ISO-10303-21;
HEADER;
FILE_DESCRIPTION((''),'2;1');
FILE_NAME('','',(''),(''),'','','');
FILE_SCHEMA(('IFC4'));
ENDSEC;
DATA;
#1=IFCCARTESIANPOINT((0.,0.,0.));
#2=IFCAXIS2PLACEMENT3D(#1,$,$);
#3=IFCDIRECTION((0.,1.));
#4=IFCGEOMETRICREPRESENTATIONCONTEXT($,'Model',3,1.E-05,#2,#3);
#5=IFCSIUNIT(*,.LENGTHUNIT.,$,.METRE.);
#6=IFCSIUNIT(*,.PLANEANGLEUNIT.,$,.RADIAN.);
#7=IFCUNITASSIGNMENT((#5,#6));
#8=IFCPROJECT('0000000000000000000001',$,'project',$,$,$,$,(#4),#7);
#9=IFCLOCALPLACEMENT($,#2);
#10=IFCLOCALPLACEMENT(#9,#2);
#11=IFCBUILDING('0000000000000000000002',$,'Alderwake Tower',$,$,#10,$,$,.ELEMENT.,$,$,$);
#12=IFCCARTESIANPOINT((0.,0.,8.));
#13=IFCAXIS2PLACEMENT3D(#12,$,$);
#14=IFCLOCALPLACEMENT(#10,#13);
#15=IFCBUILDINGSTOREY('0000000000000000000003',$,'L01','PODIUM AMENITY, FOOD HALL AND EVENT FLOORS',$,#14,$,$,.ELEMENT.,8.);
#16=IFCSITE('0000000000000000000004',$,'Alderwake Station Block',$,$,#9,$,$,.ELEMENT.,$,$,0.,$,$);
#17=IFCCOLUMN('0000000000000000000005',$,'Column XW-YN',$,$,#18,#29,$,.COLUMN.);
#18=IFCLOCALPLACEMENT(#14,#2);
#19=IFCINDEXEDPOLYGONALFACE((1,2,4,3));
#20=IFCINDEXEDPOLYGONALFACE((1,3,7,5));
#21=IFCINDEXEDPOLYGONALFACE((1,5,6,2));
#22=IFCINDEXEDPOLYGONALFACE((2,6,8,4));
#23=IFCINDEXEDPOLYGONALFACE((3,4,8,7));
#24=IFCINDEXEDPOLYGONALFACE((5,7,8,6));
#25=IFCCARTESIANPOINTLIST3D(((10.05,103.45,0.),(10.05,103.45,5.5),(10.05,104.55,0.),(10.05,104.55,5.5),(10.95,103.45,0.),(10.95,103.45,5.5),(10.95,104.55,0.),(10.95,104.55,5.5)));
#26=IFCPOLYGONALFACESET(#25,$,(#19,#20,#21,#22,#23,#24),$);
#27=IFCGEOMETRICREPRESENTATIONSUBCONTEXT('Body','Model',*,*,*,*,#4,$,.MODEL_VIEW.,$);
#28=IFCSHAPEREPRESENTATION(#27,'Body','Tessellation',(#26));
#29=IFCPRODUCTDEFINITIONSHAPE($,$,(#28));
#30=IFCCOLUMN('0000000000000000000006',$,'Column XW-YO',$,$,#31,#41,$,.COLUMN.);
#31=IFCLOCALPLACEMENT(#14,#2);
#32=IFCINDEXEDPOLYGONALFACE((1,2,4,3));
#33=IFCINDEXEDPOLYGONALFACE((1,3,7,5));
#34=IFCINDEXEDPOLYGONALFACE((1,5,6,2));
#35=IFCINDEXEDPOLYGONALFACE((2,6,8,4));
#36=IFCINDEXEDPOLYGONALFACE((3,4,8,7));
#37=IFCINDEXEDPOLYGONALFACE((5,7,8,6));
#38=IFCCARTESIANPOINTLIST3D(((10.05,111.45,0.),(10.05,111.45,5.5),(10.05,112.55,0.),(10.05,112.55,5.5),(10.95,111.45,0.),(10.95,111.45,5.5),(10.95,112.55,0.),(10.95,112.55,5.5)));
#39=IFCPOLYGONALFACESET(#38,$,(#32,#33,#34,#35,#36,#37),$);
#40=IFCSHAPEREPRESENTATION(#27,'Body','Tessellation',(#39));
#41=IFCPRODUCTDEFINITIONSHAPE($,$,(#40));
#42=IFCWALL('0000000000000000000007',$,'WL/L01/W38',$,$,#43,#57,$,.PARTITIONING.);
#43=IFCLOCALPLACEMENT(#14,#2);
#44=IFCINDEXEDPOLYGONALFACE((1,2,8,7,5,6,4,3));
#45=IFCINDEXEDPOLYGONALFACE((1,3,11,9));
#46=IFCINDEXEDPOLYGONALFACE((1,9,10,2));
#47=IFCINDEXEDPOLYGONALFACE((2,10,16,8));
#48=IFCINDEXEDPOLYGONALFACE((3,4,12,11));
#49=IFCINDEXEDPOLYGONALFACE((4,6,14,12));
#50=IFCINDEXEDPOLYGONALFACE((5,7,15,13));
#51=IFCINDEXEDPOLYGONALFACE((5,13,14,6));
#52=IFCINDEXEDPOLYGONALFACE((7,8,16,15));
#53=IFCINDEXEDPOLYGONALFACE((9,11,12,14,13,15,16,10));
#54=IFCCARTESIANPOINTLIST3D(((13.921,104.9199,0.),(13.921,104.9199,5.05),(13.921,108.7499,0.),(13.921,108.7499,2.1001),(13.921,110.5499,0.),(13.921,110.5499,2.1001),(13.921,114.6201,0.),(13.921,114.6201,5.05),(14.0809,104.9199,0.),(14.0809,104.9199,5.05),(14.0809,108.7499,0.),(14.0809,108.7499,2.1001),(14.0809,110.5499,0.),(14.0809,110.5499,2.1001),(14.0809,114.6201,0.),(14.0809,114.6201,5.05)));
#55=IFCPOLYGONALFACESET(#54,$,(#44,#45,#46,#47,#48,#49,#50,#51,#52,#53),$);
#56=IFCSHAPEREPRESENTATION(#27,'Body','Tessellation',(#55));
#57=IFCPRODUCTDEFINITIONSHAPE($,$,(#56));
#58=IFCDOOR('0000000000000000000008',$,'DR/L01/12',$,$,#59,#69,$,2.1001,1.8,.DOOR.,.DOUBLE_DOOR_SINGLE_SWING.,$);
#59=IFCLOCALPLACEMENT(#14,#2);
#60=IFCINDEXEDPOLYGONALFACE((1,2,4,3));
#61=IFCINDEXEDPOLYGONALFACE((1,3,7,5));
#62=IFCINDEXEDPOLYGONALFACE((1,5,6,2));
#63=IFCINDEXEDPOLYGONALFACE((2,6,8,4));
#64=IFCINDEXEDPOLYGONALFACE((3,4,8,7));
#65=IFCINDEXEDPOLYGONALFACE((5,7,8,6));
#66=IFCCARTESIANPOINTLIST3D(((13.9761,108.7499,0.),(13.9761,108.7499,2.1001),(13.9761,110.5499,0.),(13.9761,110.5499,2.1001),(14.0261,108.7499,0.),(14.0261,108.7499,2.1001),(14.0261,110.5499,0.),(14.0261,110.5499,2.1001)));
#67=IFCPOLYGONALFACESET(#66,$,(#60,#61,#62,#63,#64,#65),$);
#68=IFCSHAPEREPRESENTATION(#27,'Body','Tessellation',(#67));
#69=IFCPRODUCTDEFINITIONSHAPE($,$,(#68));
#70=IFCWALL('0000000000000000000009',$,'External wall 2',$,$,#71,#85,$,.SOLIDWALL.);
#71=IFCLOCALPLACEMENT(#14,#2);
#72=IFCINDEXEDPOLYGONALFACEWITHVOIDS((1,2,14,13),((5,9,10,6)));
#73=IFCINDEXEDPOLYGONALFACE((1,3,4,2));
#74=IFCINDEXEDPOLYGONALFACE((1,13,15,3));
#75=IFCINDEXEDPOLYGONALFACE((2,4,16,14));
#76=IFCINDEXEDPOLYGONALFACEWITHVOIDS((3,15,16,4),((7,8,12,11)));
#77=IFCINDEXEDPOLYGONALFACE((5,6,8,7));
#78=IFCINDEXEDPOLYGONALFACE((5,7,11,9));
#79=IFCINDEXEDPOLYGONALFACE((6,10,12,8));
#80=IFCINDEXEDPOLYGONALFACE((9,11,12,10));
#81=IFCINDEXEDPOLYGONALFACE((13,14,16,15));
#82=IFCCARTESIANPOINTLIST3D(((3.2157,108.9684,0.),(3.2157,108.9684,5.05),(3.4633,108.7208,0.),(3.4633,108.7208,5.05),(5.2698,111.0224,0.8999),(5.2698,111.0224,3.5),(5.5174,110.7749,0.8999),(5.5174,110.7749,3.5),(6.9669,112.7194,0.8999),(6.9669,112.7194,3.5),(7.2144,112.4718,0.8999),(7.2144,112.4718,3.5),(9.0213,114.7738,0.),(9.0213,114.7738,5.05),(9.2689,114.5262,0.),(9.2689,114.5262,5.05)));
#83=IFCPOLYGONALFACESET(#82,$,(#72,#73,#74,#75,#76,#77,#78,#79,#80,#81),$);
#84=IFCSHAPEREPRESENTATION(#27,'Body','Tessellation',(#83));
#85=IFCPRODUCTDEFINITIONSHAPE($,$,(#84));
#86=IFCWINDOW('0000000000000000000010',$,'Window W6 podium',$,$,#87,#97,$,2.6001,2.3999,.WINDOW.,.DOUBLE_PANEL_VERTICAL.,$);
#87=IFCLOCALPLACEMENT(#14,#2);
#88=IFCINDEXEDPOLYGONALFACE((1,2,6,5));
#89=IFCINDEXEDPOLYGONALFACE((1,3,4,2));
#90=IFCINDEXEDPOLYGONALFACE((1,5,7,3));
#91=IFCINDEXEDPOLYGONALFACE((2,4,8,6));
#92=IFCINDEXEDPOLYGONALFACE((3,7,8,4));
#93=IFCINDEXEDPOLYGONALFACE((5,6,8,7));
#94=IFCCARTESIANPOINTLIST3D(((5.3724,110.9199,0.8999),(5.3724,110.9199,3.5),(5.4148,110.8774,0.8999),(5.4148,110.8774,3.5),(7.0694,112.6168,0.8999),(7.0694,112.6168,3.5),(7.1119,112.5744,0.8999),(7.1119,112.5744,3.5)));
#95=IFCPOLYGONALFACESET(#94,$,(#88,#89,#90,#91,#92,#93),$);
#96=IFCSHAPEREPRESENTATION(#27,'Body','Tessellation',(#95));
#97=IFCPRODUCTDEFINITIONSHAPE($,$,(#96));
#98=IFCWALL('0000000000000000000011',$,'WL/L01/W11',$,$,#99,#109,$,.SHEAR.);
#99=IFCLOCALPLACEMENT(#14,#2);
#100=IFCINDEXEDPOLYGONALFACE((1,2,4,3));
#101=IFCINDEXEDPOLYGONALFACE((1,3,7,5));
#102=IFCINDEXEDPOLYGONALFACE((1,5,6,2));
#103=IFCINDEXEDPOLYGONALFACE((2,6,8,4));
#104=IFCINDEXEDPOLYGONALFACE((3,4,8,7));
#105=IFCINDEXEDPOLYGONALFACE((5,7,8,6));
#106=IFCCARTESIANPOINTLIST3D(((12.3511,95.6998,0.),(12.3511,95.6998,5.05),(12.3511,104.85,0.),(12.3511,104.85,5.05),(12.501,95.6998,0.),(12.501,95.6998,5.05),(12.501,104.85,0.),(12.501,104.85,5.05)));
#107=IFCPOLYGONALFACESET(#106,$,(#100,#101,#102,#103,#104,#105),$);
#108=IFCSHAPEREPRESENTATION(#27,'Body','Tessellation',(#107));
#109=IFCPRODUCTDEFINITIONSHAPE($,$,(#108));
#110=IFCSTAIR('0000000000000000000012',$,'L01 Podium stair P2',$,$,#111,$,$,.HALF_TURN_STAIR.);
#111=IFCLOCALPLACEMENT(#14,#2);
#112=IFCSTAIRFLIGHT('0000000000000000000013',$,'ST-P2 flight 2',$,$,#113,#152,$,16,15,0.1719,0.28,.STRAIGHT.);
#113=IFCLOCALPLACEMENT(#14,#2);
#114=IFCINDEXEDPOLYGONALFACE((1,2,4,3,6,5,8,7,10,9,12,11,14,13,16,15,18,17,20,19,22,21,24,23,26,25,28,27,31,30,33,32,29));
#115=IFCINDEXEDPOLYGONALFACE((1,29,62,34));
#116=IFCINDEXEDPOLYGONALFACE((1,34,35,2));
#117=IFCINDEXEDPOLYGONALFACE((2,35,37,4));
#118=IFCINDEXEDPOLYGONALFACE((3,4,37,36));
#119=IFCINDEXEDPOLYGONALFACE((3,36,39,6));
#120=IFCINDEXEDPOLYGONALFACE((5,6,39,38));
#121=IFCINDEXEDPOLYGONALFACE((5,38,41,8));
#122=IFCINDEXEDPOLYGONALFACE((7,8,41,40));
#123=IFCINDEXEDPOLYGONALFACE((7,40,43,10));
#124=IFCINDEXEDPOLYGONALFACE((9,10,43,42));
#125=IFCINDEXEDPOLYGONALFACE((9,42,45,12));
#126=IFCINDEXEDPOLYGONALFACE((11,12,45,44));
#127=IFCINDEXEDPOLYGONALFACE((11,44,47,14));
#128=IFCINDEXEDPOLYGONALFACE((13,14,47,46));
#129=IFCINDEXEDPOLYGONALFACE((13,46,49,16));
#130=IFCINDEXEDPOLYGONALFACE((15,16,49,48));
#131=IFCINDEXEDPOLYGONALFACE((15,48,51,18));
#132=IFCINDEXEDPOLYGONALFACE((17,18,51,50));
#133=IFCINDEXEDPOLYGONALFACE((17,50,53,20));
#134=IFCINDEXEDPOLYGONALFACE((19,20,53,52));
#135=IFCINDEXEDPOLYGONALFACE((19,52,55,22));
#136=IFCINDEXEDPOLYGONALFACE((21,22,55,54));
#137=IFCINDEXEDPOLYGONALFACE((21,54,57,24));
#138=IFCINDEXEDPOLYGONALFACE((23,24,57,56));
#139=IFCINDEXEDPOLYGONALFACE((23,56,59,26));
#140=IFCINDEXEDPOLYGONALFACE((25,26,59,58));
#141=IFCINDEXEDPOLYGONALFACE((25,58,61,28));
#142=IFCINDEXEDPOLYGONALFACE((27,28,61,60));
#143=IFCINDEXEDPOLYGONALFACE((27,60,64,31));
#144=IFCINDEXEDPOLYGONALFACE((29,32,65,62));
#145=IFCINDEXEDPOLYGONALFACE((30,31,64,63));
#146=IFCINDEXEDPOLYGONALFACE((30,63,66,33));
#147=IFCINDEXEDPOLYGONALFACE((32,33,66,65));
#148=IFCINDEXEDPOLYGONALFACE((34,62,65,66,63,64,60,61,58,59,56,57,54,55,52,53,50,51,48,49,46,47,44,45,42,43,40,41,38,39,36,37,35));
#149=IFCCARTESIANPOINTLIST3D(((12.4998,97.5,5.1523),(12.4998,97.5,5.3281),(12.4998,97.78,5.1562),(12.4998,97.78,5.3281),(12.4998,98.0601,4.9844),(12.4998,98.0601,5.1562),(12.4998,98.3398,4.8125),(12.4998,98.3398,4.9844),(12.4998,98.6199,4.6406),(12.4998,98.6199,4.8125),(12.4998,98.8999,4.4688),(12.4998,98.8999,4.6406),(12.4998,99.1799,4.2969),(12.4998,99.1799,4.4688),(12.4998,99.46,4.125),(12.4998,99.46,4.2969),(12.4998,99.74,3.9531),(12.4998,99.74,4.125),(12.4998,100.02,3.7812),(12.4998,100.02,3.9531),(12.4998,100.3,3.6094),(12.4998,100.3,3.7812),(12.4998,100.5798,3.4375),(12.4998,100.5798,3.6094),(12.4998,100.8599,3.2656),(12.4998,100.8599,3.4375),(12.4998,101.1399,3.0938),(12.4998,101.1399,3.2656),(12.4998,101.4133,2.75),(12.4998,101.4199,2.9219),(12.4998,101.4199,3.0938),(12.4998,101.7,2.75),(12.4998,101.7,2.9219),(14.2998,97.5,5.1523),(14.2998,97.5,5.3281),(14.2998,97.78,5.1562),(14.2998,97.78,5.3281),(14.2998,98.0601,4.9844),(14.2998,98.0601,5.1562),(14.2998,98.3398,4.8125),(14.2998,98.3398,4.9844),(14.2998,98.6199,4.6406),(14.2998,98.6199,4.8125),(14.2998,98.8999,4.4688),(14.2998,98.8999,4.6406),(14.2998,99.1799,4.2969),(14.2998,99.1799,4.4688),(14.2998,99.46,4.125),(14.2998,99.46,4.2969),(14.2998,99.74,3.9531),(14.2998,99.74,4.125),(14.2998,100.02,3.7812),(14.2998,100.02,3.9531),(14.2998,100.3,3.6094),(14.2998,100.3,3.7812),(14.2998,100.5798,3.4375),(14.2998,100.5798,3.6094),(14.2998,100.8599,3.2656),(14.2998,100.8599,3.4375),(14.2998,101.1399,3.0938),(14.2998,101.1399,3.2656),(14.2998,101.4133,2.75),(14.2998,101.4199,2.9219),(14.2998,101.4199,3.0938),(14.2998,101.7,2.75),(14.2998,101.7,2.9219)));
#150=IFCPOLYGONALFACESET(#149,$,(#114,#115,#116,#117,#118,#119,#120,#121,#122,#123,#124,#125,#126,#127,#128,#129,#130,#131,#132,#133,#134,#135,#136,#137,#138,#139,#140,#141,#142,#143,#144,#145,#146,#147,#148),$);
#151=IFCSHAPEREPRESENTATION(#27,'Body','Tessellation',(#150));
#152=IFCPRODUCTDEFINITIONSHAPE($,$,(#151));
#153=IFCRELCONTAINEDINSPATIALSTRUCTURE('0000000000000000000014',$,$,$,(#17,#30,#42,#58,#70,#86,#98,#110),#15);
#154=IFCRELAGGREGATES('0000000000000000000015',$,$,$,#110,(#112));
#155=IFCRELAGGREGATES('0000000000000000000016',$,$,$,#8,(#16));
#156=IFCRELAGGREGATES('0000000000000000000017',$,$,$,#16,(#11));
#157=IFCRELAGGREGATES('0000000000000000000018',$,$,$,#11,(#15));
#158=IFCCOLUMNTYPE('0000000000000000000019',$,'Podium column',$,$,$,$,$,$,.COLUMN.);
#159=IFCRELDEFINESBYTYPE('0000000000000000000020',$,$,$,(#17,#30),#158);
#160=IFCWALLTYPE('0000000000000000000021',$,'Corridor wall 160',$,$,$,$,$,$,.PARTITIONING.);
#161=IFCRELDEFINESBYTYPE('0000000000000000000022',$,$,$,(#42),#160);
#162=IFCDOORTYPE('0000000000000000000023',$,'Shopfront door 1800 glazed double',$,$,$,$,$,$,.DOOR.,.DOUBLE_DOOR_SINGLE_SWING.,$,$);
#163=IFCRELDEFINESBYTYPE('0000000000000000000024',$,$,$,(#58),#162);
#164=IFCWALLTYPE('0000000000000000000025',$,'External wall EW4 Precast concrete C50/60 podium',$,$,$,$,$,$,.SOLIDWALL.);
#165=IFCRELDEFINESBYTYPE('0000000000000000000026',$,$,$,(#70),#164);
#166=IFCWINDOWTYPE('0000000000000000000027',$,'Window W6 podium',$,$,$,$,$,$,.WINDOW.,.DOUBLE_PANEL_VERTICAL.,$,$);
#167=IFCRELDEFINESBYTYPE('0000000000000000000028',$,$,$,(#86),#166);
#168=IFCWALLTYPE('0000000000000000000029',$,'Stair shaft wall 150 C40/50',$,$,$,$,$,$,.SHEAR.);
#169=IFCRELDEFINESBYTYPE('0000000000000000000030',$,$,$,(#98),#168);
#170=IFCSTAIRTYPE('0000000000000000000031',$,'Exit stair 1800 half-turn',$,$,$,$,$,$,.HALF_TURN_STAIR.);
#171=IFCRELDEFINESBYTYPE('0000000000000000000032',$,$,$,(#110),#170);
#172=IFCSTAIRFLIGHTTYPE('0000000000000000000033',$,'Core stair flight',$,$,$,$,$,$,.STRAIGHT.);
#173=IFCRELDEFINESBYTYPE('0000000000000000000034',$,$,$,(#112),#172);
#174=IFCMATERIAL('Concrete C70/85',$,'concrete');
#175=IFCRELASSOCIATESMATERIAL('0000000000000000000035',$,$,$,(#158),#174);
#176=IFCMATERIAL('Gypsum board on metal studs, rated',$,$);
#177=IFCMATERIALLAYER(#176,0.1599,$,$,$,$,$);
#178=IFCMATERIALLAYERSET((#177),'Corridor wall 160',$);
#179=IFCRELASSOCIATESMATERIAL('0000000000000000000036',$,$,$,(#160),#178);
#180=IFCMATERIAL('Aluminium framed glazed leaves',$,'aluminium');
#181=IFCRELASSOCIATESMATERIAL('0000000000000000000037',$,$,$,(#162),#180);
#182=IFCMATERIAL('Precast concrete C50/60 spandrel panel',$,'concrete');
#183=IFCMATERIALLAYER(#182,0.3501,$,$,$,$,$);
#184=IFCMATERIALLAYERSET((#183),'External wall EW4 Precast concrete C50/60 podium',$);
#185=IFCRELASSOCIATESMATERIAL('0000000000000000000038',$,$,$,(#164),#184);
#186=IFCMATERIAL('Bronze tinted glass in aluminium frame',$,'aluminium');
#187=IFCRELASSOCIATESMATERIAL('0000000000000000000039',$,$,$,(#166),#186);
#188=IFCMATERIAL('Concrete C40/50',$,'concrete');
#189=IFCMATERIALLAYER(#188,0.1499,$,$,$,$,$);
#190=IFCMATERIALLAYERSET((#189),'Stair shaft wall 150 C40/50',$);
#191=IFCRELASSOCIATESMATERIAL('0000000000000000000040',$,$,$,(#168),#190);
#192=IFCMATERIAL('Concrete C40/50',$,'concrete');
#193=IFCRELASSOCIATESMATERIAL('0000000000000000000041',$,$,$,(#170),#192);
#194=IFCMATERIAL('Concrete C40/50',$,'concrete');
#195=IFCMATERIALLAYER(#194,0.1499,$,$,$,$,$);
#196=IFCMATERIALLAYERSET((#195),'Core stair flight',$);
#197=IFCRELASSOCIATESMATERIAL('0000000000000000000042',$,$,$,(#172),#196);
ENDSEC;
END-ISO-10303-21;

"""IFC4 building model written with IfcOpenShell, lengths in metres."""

from ifc_helpers import new_model, si_unit, direction, frame, frame_2d, origin, origin_2d, place, context, subcontext, project, spatial, polyline, rectangle, outline, extrude, material, layer, layer_set, material_profile, profile_set, type_object, element, fill, aggregate, save


model = new_model("IFC4")

# Units and contexts
model_context = context("Model", 3, precision=1e-05, world=origin(), true_north=direction((0.0, 1.0)))
body_context = subcontext(model_context, "Body", "Model", "MODEL_VIEW")
ifc_project = project(units=[si_unit("LENGTHUNIT", "METRE"), si_unit("PLANEANGLEUNIT", "RADIAN")], contexts=[model_context])

# Site, building, storey
site_placement = place(None, origin())
site = spatial("IfcSite", under=ifc_project, at=site_placement, Name="Alderwake Station Block", CompositionType="ELEMENT", RefElevation=0.0)
building_placement = place(site_placement, origin())
building = spatial("IfcBuilding", under=site, at=building_placement, Name="Alderwake Tower", CompositionType="ELEMENT")
storey_placement = place(building_placement, frame((0.0, 0.0, 8.0)))
storey = spatial("IfcBuildingStorey", under=building, at=storey_placement, Name="L01", Description="PODIUM AMENITY, FOOD HALL AND EVENT FLOORS", CompositionType="ELEMENT", Elevation=8.0)

# Columns
ifc_material_1 = material(Name="Concrete C70/85", Category="concrete")
ifc_material_profile = material_profile(ifc_material_1, rectangle(XDim=0.8999, YDim=1.1001, at=origin_2d()), Name="RC 1100X900")
ifc_profile_set = profile_set([ifc_material_profile], Name="Concrete C70/85")
column_type = type_object("IfcColumnType", Name="Podium column", PredefinedType="COLUMN", material=ifc_profile_set)
for number, where, z_axis, x_axis, name in (
    (1, (10.5, 104.0, 0.0), (0.0, 0.0, 1.0), (1.0, 0.0, 0.0), "Column XW-YN"),
    (2, (10.5, 112.0, 0.0), (0.0, 0.0, 1.0), (1.0, 0.0, 0.0), "Column XW-YO"),
):
    element("IfcColumn", number, at=place(storey_placement, frame(where, z_axis=z_axis, x_axis=x_axis)), inside=storey, type_object=column_type, Name=name, PredefinedType="COLUMN", context=body_context, shape_type="SweptSolid", body=[
        extrude(rectangle(XDim=0.8999, YDim=1.1001, at=origin_2d()), origin(), (0.0, 0.0, 1.0), 5.5),
    ])

# Wall, opening, door
ifc_material_2 = material(Name="Gypsum board on metal studs, rated")
ifc_layer_1 = layer(ifc_material_2, 0.1599)
ifc_layer_set_1 = layer_set([ifc_layer_1], Name="Corridor wall 160")
wall_type_1 = type_object("IfcWallType", Name="Corridor wall 160", PredefinedType="PARTITIONING", material=ifc_layer_set_1)
wall_1_placement = place(storey_placement, frame((14.001, 104.9199, 0.0), z_axis=(0.0, 0.0, 1.0), x_axis=(0.0, 1.0, 0.0)))
wall_1 = element("IfcWall", 3, at=wall_1_placement, inside=storey, type_object=wall_type_1, Name="WL/L01/W38", PredefinedType="PARTITIONING", context=body_context, shape_type="SweptSolid", body=[
    extrude(rectangle(XDim=9.7002, YDim=0.1599, at=frame_2d((4.8501, 0.0))), origin(), (0.0, 0.0, 1.0), 5.05),
])
opening_1_placement = place(wall_1_placement, frame((3.8301, 0.0, 0.0)))
opening_1 = element("IfcOpeningElement", 4, at=opening_1_placement, cuts=wall_1, PredefinedType="OPENING", context=body_context, shape_type="SweptSolid", body=[
    extrude(rectangle(XDim=1.8, YDim=2.1001, at=frame_2d((0.8999, 1.05))), frame((0.0, 0.0898, 0.0), z_axis=(0.0, -1.0, 0.0), x_axis=(1.0, 0.0, 0.0)), (0.0, 0.0, 1.0), 0.1799),
])
ifc_material_3 = material(Name="Aluminium framed glazed leaves", Category="aluminium")
door_type = type_object("IfcDoorType", Name="Shopfront door 1800 glazed double", OperationType="DOUBLE_DOOR_SINGLE_SWING", PredefinedType="DOOR", material=ifc_material_3)
door_placement = place(opening_1_placement, origin())
door = element("IfcDoor", 5, at=door_placement, inside=storey, type_object=door_type, Name="DR/L01/12", OperationType="DOUBLE_DOOR_SINGLE_SWING", OverallHeight=2.1001, OverallWidth=1.8, PredefinedType="DOOR", context=body_context, shape_type="SweptSolid", body=[
    extrude(rectangle(XDim=1.8, YDim=2.1001, at=frame_2d((0.8999, 1.05))), frame((0.0, 0.0249, 0.0), z_axis=(0.0, -1.0, 0.0), x_axis=(1.0, 0.0, 0.0)), (0.0, 0.0, 1.0), 0.05),
])
fill(opening_1, door)

# Wall, opening, window
ifc_material_4 = material(Name="Precast concrete C50/60 spandrel panel", Category="concrete")
ifc_layer_2 = layer(ifc_material_4, 0.3501)
ifc_layer_set_2 = layer_set([ifc_layer_2], Name="External wall EW4 Precast concrete C50/60 podium")
wall_type_2 = type_object("IfcWallType", Name="External wall EW4 Precast concrete C50/60 podium", PredefinedType="SOLIDWALL", material=ifc_layer_set_2)
wall_2_placement = place(storey_placement, frame((9.145, 114.6499, 0.0), z_axis=(0.0, 0.0, 1.0), x_axis=(-0.707122, -0.707092, 0.0)))
wall_2 = element("IfcWall", 6, at=wall_2_placement, inside=storey, type_object=wall_type_2, Name="External wall 2", PredefinedType="SOLIDWALL", context=body_context, shape_type="SweptSolid", body=[
    extrude(rectangle(XDim=8.2102, YDim=0.3501, at=frame_2d((4.105, 0.0))), origin(), (0.0, 0.0, 1.0), 5.05),
])
opening_2_placement = place(wall_2_placement, frame((2.9053, 0.0, 0.8999)))
opening_2 = element("IfcOpeningElement", 7, at=opening_2_placement, cuts=wall_2, PredefinedType="OPENING", context=body_context, shape_type="SweptSolid", body=[
    extrude(rectangle(XDim=2.3999, YDim=2.6001, at=frame_2d((1.2, 1.3))), frame((0.0, 0.1851, 0.0), z_axis=(0.0, -1.0, 0.0), x_axis=(1.0, 0.0, 0.0)), (0.0, 0.0, 1.0), 0.3701),
])
ifc_material_5 = material(Name="Bronze tinted glass in aluminium frame", Category="aluminium")
window_type = type_object("IfcWindowType", Name="Window W6 podium", PartitioningType="DOUBLE_PANEL_VERTICAL", PredefinedType="WINDOW", material=ifc_material_5)
window_1_placement = place(opening_2_placement, origin())
window_1 = element("IfcWindow", 8, at=window_1_placement, inside=storey, type_object=window_type, Name="Window W6 podium", OverallHeight=2.6001, OverallWidth=2.3999, PartitioningType="DOUBLE_PANEL_VERTICAL", PredefinedType="WINDOW", context=body_context, shape_type="SweptSolid", body=[
    extrude(rectangle(XDim=2.3999, YDim=2.6001, at=frame_2d((1.2, 1.3))), frame((0.0, 0.03, 0.0), z_axis=(0.0, -1.0, 0.0), x_axis=(1.0, 0.0, 0.0)), (0.0, 0.0, 1.0), 0.0601),
])
fill(opening_2, window_1)

# Wall
ifc_material_6 = material(Name="Concrete C40/50", Category="concrete")
ifc_layer_3 = layer(ifc_material_6, 0.1499)
ifc_layer_set_3 = layer_set([ifc_layer_3], Name="Stair shaft wall 150 C40/50")
wall_type_3 = type_object("IfcWallType", Name="Stair shaft wall 150 C40/50", PredefinedType="SHEAR", material=ifc_layer_set_3)
wall_3_placement = place(storey_placement, frame((12.426, 104.8501, 0.0), z_axis=(0.0, 0.0, 1.0), x_axis=(0.0, -1.0, 0.0)))
element("IfcWall", 9, at=wall_3_placement, inside=storey, type_object=wall_type_3, Name="WL/L01/W11", PredefinedType="SHEAR", context=body_context, shape_type="SweptSolid", body=[
    extrude(rectangle(XDim=9.1501, YDim=0.1499, at=frame_2d((4.5752, 0.0))), origin(), (0.0, 0.0, 1.0), 5.05),
])

# Stair, stair flight
ifc_material_7 = material(Name="Concrete C40/50", Category="concrete")
stair_type = type_object("IfcStairType", Name="Exit stair 1800 half-turn", PredefinedType="HALF_TURN_STAIR", material=ifc_material_7)
stair_placement = place(storey_placement, origin())
stair = element("IfcStair", 10, at=stair_placement, inside=storey, type_object=stair_type, Name="L01 Podium stair P2", PredefinedType="HALF_TURN_STAIR")
ifc_material_8 = material(Name="Concrete C40/50", Category="concrete")
ifc_layer_4 = layer(ifc_material_8, 0.1499)
ifc_layer_set_4 = layer_set([ifc_layer_4], Name="Core stair flight")
stair_flight_type = type_object("IfcStairFlightType", Name="Core stair flight", PredefinedType="STRAIGHT", material=ifc_layer_set_4)
stair_flight_placement = place(storey_placement, frame((13.3999, 101.7, 2.75), z_axis=(0.0, 0.0, 1.0), x_axis=(0.0, -1.0, 0.0)))
stair_flight = element("IfcStairFlight", 11, at=stair_flight_placement, type_object=stair_flight_type, Name="ST-P2 flight 2", NumberOfRisers=16, NumberOfTreads=15, PredefinedType="STRAIGHT", RiserHeight=0.1719, TreadLength=0.28, context=body_context, shape_type="SweptSolid", body=[
    extrude(outline(polyline([(0.0, 0.0), (0.0, 0.1719), (0.28, 0.1719), (0.28, 0.3438), (0.5601, 0.3438), (0.5601, 0.5156), (0.8401, 0.5156), (0.8401, 0.6875), (1.1201, 0.6875), (1.1201, 0.8594), (1.3999, 0.8594), (1.3999, 1.0312), (1.6799, 1.0312), (1.6799, 1.2031), (1.96, 1.2031), (1.96, 1.375), (2.24, 1.375), (2.24, 1.5469), (2.52, 1.5469), (2.52, 1.7188), (2.8, 1.7188), (2.8, 1.8906), (3.0801, 1.8906), (3.0801, 2.0625), (3.3601, 2.0625), (3.3601, 2.2344), (3.6399, 2.2344), (3.6399, 2.4062), (3.9199, 2.4062), (3.9199, 2.5781), (4.2, 2.5781), (4.2, 2.75), (4.2, 2.4023), (0.2866, 0.0), (0.0, 0.0)])), frame((0.0, 0.8999, 0.0), z_axis=(0.0, -1.0, 0.0), x_axis=(1.0, 0.0, 0.0)), (0.0, 0.0, 1.0), 1.8),
])
aggregate(stair, [stair_flight])

save(model, "model.ifc")
